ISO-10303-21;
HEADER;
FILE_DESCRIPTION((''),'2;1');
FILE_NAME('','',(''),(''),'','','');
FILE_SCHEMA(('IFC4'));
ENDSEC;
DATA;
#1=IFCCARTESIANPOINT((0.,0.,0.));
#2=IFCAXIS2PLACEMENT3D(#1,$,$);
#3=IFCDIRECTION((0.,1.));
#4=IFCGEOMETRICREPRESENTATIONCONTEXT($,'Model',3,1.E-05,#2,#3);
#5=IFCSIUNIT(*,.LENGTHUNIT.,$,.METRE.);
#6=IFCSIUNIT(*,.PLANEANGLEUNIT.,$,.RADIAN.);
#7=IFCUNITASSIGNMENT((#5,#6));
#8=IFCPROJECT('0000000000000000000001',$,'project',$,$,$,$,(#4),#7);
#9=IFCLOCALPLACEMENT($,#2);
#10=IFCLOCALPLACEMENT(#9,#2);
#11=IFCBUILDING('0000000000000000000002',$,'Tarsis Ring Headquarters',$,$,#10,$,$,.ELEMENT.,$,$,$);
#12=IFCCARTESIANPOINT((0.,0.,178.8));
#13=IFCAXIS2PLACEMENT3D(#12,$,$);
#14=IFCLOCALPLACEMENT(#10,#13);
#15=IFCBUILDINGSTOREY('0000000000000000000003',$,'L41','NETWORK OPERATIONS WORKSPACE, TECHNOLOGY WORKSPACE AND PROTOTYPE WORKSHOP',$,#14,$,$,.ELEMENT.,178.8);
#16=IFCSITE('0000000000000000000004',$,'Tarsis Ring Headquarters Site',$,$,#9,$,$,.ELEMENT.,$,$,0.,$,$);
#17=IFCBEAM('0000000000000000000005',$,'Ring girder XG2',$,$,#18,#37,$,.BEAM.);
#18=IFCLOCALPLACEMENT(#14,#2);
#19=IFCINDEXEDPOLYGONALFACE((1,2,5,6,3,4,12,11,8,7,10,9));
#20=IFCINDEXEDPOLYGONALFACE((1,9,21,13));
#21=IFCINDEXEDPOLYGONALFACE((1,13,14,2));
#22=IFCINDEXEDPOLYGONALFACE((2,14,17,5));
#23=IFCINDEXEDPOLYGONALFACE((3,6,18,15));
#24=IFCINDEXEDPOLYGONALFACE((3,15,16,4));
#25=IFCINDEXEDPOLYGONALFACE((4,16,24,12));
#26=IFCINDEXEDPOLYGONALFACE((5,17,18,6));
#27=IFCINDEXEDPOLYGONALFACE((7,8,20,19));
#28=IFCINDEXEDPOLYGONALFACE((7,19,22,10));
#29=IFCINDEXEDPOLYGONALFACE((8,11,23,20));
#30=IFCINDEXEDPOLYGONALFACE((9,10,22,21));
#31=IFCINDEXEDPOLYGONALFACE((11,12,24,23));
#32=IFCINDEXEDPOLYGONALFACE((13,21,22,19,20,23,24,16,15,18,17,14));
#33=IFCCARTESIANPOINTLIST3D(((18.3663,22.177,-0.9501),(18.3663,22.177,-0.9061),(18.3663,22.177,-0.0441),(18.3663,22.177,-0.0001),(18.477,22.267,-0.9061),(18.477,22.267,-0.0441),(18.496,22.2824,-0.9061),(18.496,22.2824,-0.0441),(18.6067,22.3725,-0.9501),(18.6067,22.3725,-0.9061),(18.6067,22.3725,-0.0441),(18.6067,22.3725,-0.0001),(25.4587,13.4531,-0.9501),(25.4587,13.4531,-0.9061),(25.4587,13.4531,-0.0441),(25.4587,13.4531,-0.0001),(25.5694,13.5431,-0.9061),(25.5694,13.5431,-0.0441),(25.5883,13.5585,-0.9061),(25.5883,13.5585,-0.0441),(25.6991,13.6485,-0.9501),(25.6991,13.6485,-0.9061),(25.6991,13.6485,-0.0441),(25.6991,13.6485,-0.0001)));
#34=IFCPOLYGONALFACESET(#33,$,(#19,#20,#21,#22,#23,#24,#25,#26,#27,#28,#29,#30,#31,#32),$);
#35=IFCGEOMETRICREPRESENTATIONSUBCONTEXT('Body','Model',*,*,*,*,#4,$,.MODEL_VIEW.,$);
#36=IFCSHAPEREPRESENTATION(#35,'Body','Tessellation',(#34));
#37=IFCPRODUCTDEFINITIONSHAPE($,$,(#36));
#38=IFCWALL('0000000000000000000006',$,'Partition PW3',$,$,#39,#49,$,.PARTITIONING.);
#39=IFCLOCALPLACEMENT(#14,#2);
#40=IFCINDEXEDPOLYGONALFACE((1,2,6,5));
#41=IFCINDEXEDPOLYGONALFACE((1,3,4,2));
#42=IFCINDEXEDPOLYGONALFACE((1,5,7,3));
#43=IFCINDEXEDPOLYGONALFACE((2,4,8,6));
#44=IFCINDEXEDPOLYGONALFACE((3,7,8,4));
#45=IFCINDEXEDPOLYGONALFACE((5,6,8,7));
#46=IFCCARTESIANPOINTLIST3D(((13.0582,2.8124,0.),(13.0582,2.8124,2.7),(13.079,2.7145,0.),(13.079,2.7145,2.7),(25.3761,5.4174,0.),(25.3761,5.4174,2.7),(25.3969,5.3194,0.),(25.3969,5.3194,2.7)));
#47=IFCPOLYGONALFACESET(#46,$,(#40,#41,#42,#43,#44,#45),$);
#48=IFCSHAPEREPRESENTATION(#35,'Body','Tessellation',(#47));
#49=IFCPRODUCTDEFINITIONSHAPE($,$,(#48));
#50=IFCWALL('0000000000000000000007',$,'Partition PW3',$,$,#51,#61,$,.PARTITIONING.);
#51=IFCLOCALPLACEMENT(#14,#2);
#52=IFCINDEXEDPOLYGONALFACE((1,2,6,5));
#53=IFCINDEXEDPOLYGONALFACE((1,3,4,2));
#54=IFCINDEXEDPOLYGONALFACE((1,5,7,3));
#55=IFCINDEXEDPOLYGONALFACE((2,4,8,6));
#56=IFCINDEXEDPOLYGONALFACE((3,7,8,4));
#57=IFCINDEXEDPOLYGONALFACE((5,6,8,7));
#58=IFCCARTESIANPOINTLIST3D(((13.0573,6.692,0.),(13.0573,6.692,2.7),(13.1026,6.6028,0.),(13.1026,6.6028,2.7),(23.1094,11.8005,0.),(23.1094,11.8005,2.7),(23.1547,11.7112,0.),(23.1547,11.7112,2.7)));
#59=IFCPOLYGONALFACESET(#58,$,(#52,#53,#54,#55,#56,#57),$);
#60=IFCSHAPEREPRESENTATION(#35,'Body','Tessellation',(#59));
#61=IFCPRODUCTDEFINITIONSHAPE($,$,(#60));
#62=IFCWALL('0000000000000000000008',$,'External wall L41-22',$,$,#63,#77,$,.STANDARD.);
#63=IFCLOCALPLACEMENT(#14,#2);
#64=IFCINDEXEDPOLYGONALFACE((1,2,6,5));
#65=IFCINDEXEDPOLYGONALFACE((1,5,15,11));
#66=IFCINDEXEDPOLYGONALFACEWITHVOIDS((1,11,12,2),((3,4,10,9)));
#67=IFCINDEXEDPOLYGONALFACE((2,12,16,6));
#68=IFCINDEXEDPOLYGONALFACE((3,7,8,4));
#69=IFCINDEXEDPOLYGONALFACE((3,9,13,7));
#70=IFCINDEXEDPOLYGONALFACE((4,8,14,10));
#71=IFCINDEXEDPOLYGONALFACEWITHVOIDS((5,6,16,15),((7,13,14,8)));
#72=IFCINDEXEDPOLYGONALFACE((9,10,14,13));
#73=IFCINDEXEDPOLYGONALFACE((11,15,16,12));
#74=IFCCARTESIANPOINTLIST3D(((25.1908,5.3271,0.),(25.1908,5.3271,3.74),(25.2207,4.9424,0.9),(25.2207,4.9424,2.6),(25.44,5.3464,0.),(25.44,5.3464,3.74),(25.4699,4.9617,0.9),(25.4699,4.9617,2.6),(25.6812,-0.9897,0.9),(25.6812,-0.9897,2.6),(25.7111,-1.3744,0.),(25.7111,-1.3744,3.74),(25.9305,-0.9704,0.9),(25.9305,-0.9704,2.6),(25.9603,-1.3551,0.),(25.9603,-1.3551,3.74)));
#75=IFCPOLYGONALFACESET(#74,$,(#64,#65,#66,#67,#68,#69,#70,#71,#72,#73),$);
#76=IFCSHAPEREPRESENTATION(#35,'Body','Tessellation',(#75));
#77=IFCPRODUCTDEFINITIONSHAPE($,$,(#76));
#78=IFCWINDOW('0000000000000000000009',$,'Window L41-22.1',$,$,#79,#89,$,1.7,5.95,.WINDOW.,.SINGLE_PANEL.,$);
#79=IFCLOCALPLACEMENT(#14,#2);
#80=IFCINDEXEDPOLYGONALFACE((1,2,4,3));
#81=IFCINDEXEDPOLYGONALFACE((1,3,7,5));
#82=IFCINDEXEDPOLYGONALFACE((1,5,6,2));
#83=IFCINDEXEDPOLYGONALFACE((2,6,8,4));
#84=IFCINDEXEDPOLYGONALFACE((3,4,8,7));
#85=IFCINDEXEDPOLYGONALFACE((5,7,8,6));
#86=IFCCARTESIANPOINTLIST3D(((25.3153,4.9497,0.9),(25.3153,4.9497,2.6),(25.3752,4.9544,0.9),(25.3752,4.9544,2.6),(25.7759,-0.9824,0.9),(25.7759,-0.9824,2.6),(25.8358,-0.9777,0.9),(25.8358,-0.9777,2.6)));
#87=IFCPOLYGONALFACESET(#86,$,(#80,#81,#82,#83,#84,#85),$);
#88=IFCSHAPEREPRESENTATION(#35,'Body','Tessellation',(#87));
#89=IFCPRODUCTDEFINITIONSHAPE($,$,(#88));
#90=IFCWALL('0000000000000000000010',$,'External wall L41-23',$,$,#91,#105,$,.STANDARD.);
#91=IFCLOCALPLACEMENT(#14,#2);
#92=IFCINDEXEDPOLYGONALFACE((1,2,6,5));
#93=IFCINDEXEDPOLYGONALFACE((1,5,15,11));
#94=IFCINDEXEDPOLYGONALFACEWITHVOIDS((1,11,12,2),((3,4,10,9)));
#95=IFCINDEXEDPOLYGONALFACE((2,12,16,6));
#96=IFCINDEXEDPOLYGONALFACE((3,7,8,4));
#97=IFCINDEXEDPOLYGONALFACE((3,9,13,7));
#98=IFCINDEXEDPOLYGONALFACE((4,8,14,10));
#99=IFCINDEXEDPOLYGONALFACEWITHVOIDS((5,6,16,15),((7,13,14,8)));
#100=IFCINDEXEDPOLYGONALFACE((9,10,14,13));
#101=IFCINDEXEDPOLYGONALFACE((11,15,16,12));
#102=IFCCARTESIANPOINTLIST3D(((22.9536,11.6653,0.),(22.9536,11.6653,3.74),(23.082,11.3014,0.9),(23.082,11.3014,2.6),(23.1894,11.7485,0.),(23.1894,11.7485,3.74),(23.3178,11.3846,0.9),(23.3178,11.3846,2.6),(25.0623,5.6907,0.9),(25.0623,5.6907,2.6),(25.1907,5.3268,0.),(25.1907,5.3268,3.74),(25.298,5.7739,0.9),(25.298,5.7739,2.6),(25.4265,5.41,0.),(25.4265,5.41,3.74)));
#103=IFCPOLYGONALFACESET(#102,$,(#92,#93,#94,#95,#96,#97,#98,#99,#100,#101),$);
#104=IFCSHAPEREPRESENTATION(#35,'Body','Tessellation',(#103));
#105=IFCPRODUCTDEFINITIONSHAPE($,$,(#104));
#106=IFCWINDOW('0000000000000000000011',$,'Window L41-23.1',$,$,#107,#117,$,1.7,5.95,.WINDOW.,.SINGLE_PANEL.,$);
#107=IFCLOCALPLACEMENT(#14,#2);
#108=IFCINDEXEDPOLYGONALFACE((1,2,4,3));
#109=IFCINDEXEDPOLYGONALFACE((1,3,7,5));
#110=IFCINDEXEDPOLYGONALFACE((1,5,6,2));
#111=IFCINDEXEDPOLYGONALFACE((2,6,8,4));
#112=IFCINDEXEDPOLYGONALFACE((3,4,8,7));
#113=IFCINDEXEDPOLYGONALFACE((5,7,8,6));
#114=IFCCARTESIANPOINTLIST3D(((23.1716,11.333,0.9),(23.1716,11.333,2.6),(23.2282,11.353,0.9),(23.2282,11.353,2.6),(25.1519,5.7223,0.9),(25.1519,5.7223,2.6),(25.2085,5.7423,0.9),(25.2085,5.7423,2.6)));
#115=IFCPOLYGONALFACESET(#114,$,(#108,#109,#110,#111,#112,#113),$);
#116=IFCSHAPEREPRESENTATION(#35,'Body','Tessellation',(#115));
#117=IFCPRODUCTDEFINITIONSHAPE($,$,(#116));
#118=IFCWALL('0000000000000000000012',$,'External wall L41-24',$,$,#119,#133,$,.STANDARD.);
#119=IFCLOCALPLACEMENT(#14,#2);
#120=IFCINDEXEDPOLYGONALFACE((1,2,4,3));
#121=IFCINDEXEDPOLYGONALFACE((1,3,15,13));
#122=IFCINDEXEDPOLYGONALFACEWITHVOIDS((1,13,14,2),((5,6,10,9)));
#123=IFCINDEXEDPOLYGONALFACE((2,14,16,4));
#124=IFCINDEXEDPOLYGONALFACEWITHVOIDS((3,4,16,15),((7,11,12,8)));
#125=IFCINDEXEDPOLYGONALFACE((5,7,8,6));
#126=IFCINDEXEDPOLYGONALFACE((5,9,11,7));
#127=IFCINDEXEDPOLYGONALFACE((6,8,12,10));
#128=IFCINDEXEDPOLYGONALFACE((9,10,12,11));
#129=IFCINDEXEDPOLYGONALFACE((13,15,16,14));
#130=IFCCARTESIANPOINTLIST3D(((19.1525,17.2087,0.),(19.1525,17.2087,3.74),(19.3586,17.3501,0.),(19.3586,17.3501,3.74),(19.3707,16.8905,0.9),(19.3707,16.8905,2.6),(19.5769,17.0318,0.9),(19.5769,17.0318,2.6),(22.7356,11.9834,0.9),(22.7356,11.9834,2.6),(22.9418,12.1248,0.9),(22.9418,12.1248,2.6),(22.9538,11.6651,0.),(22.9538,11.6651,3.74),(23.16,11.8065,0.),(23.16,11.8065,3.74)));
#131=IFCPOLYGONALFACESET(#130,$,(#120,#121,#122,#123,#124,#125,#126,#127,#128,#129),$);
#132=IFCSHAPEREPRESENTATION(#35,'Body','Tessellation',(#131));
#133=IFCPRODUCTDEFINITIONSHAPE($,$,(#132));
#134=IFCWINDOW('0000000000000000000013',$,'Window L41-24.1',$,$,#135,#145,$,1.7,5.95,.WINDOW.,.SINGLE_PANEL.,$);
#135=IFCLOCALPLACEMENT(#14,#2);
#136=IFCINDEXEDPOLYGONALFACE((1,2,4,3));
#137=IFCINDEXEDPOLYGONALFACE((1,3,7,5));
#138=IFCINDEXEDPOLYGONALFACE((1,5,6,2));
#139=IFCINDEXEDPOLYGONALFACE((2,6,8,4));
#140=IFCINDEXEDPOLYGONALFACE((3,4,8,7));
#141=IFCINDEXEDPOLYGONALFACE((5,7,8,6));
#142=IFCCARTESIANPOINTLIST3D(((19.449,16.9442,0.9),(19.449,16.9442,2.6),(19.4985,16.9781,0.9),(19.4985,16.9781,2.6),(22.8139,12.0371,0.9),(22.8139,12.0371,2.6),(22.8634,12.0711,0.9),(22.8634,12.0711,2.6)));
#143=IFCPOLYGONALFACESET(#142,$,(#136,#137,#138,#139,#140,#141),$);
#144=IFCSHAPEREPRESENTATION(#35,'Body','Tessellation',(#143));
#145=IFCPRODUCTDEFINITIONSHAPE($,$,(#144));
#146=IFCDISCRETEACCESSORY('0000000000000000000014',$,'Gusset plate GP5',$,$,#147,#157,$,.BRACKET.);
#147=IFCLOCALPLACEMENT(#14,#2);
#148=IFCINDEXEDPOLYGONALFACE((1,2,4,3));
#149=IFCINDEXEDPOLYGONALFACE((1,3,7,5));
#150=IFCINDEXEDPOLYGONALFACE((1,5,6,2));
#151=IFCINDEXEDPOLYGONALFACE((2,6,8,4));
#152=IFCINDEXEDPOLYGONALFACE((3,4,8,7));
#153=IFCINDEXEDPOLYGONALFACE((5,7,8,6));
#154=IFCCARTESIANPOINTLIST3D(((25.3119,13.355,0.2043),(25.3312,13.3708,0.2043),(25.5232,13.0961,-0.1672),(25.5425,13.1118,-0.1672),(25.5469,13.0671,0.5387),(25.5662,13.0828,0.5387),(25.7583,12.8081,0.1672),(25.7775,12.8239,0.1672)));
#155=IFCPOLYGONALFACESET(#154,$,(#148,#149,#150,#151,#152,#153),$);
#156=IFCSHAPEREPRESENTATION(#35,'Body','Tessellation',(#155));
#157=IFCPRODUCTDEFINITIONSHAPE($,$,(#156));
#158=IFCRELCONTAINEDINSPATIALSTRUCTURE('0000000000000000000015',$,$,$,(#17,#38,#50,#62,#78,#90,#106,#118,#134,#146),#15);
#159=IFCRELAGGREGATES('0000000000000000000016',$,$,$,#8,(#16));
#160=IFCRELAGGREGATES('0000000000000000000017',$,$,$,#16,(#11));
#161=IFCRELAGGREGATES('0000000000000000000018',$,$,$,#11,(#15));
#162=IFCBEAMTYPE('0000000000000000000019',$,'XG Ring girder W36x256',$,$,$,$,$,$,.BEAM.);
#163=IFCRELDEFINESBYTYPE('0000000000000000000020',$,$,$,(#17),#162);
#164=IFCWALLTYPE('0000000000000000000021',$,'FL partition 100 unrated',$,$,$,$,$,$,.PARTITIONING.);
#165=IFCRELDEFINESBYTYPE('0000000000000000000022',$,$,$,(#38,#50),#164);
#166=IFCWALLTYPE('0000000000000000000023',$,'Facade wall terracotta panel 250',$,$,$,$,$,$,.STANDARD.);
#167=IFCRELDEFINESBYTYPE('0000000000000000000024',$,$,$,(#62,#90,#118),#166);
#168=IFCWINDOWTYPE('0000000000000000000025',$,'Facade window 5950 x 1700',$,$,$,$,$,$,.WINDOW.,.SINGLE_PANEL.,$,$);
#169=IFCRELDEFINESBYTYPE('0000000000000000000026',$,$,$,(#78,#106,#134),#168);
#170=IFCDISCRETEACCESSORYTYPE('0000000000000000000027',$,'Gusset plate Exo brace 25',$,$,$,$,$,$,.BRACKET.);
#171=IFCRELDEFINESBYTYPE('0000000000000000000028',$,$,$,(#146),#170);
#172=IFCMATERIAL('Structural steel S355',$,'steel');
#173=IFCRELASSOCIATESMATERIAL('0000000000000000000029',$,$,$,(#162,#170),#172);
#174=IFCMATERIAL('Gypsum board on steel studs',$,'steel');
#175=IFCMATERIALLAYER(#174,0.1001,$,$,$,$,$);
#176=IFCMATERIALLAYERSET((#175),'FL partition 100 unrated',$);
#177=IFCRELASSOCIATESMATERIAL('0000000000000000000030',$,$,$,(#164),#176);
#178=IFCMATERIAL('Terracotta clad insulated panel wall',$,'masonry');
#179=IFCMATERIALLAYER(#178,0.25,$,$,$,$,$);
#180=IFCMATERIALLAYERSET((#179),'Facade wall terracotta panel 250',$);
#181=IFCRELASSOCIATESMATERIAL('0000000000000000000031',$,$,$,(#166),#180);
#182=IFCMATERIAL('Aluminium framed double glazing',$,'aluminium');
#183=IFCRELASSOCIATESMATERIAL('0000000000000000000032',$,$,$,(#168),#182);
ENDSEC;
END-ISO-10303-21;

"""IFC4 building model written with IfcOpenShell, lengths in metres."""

from ifc_helpers import new_model, si_unit, direction, frame, frame_2d, origin, origin_2d, place, context, subcontext, project, spatial, rectangle, i_section, extrude, material, layer, layer_set, material_profile, profile_set, type_object, element, fill, save


model = new_model("IFC4")

# Units and contexts
model_context = context("Model", 3, precision=1e-05, world=origin(), true_north=direction((0.0, 1.0)))
body_context = subcontext(model_context, "Body", "Model", "MODEL_VIEW")
ifc_project = project(units=[si_unit("LENGTHUNIT", "METRE"), si_unit("PLANEANGLEUNIT", "RADIAN")], contexts=[model_context])

# Site, building, storey
site_placement = place(None, origin())
site = spatial("IfcSite", under=ifc_project, at=site_placement, Name="Tarsis Ring Headquarters Site", CompositionType="ELEMENT", RefElevation=0.0)
building_placement = place(site_placement, origin())
building = spatial("IfcBuilding", under=site, at=building_placement, Name="Tarsis Ring Headquarters", CompositionType="ELEMENT")
storey_placement = place(building_placement, frame((0.0, 0.0, 178.8)))
storey = spatial("IfcBuildingStorey", under=building, at=storey_placement, Name="L41", Description="NETWORK OPERATIONS WORKSPACE, TECHNOLOGY WORKSPACE AND PROTOTYPE WORKSHOP", CompositionType="ELEMENT", Elevation=178.8)

# Shared definitions
ifc_material_1 = material(Name="Structural steel S355", Category="steel")

# Shared definitions
ifc_material_profile_1 = material_profile(ifc_material_1, i_section(OverallWidth=0.3098, OverallDepth=0.95, WebThickness=0.0244, FlangeThickness=0.0439, at=origin_2d()), Name="W36x256")
ifc_profile_set_1 = profile_set([ifc_material_profile_1], Name="Structural steel S355")

# Beam
beam_type_1 = type_object("IfcBeamType", Name="XG Ring girder W36x256", PredefinedType="BEAM", material=ifc_profile_set_1)
beam_1_placement = place(storey_placement, frame((25.5789, 13.5508, -0.4751), z_axis=(-0.630814, 0.775934, 0.0), x_axis=(-0.775934, -0.630814, 0.0)))
element("IfcBeam", 1, at=beam_1_placement, inside=storey, type_object=beam_type_1, Name="Ring girder XG2", PredefinedType="BEAM", context=body_context, shape_type="SweptSolid", body=[
    extrude(i_section(OverallWidth=0.3098, OverallDepth=0.95, WebThickness=0.0244, FlangeThickness=0.0439, at=origin_2d()), origin(), (0.0, 0.0, 1.0), 11.2432),
])

# Walls
ifc_material_2 = material(Name="Gypsum board on steel studs", Category="steel")
ifc_layer_1 = layer(ifc_material_2, 0.1001)
ifc_layer_set_1 = layer_set([ifc_layer_1], Name="FL partition 100 unrated")
wall_type_1 = type_object("IfcWallType", Name="FL partition 100 unrated", PredefinedType="PARTITIONING", material=ifc_layer_set_1)
wall_1_placement = place(storey_placement, frame((13.0686, 2.7634, 0.0), z_axis=(0.0, 0.0, 1.0), x_axis=(0.978361, 0.206904, 0.0)))
element("IfcWall", 2, at=wall_1_placement, inside=storey, type_object=wall_type_1, Name="Partition PW3", PredefinedType="PARTITIONING", context=body_context, shape_type="SweptSolid", body=[
    extrude(rectangle(XDim=12.5903, YDim=0.1001, at=frame_2d((6.2952, 0.0))), origin(), (0.0, 0.0, 1.0), 2.7),
])
wall_2_placement = place(storey_placement, frame((13.0801, 6.6475, 0.0), z_axis=(0.0, 0.0, 1.0), x_axis=(0.891485, 0.45305, 0.0)))
element("IfcWall", 3, at=wall_2_placement, inside=storey, type_object=wall_type_1, Name="Partition PW3", PredefinedType="PARTITIONING", context=body_context, shape_type="SweptSolid", body=[
    extrude(rectangle(XDim=11.2756, YDim=0.1001, at=frame_2d((5.6377, 0.0))), origin(), (0.0, 0.0, 1.0), 2.7),
])

# Walls, openings, windows
ifc_material_3 = material(Name="Terracotta clad insulated panel wall", Category="masonry")
ifc_layer_2 = layer(ifc_material_3, 0.25)
ifc_layer_set_2 = layer_set([ifc_layer_2], Name="Facade wall terracotta panel 250")
wall_type_2 = type_object("IfcWallType", Name="Facade wall terracotta panel 250", PredefinedType="STANDARD", material=ifc_layer_set_2)
wall_3_placement = place(storey_placement, frame((25.8357, -1.3647, 0.0), z_axis=(0.0, 0.0, 1.0), x_axis=(-0.077402, 0.997, 0.0)))
wall_3 = element("IfcWall", 4, at=wall_3_placement, inside=storey, type_object=wall_type_2, Name="External wall L41-22", PredefinedType="STANDARD", context=body_context, shape_type="SweptSolid", body=[
    extrude(rectangle(XDim=6.7217, YDim=0.25, at=frame_2d((3.3608, 0.0))), origin(), (0.0, 0.0, 1.0), 3.74),
])
opening_1_placement = place(wall_3_placement, frame((0.3857, 0.0, 0.8999)))
opening_1 = element("IfcOpeningElement", 5, at=opening_1_placement, cuts=wall_3, PredefinedType="OPENING", context=body_context, shape_type="SweptSolid", body=[
    extrude(rectangle(XDim=5.95, YDim=1.7, at=frame_2d((2.9751, 0.8501))), frame((0.0, 0.135, 0.0), z_axis=(0.0, -1.0, 0.0), x_axis=(1.0, 0.0, 0.0)), (0.0, 0.0, 1.0), 0.27),
])
ifc_material_4 = material(Name="Aluminium framed double glazing", Category="aluminium")
window_type = type_object("IfcWindowType", Name="Facade window 5950 x 1700", PartitioningType="SINGLE_PANEL", PredefinedType="WINDOW", material=ifc_material_4)
window_1_placement = place(opening_1_placement, origin())
window_1 = element("IfcWindow", 6, at=window_1_placement, inside=storey, type_object=window_type, Name="Window L41-22.1", OverallHeight=1.7, OverallWidth=5.95, PartitioningType="SINGLE_PANEL", PredefinedType="WINDOW", context=body_context, shape_type="SweptSolid", body=[
    extrude(rectangle(XDim=5.95, YDim=1.7, at=frame_2d((2.9751, 0.8501))), frame((0.0, 0.03, 0.0), z_axis=(0.0, -1.0, 0.0), x_axis=(1.0, 0.0, 0.0)), (0.0, 0.0, 1.0), 0.0601),
])
fill(opening_1, window_1)
wall_4_placement = place(storey_placement, frame((25.3086, 5.3684, 0.0), z_axis=(0.0, 0.0, 1.0), x_axis=(-0.332818, 0.942991, 0.0)))
wall_4 = element("IfcWall", 7, at=wall_4_placement, inside=storey, type_object=wall_type_2, Name="External wall L41-23", PredefinedType="STANDARD", context=body_context, shape_type="SweptSolid", body=[
    extrude(rectangle(XDim=6.7217, YDim=0.25, at=frame_2d((3.3608, 0.0))), origin(), (0.0, 0.0, 1.0), 3.74),
])
opening_2_placement = place(wall_4_placement, frame((0.3857, 0.0, 0.8999)))
opening_2 = element("IfcOpeningElement", 8, at=opening_2_placement, cuts=wall_4, PredefinedType="OPENING", context=body_context, shape_type="SweptSolid", body=[
    extrude(rectangle(XDim=5.95, YDim=1.7, at=frame_2d((2.9751, 0.8501))), frame((0.0, 0.135, 0.0), z_axis=(0.0, -1.0, 0.0), x_axis=(1.0, 0.0, 0.0)), (0.0, 0.0, 1.0), 0.27),
])
window_2_placement = place(opening_2_placement, origin())
window_2 = element("IfcWindow", 9, at=window_2_placement, inside=storey, type_object=window_type, Name="Window L41-23.1", OverallHeight=1.7, OverallWidth=5.95, PartitioningType="SINGLE_PANEL", PredefinedType="WINDOW", context=body_context, shape_type="SweptSolid", body=[
    extrude(rectangle(XDim=5.95, YDim=1.7, at=frame_2d((2.9751, 0.8501))), frame((0.0, 0.03, 0.0), z_axis=(0.0, -1.0, 0.0), x_axis=(1.0, 0.0, 0.0)), (0.0, 0.0, 1.0), 0.0601),
])
fill(opening_2, window_2)
wall_5_placement = place(storey_placement, frame((23.0569, 11.7358, 0.0), z_axis=(0.0, 0.0, 1.0), x_axis=(-0.565533, 0.824726, 0.0)))
wall_5 = element("IfcWall", 10, at=wall_5_placement, inside=storey, type_object=wall_type_2, Name="External wall L41-24", PredefinedType="STANDARD", context=body_context, shape_type="SweptSolid", body=[
    extrude(rectangle(XDim=6.7217, YDim=0.25, at=frame_2d((3.3608, 0.0))), origin(), (0.0, 0.0, 1.0), 3.74),
])
opening_3_placement = place(wall_5_placement, frame((0.3857, 0.0, 0.8999)))
opening_3 = element("IfcOpeningElement", 11, at=opening_3_placement, cuts=wall_5, PredefinedType="OPENING", context=body_context, shape_type="SweptSolid", body=[
    extrude(rectangle(XDim=5.95, YDim=1.7, at=frame_2d((2.9751, 0.8501))), frame((0.0, 0.135, 0.0), z_axis=(0.0, -1.0, 0.0), x_axis=(1.0, 0.0, 0.0)), (0.0, 0.0, 1.0), 0.27),
])
window_3_placement = place(opening_3_placement, origin())
window_3 = element("IfcWindow", 12, at=window_3_placement, inside=storey, type_object=window_type, Name="Window L41-24.1", OverallHeight=1.7, OverallWidth=5.95, PartitioningType="SINGLE_PANEL", PredefinedType="WINDOW", context=body_context, shape_type="SweptSolid", body=[
    extrude(rectangle(XDim=5.95, YDim=1.7, at=frame_2d((2.9751, 0.8501))), frame((0.0, 0.03, 0.0), z_axis=(0.0, -1.0, 0.0), x_axis=(1.0, 0.0, 0.0)), (0.0, 0.0, 1.0), 0.0601),
])
fill(opening_3, window_3)

# Discrete accessory
ifc_material_profile_2 = material_profile(ifc_material_1, rectangle(XDim=0.0249, YDim=0.5, at=origin_2d()), Name="PL 25x500")
ifc_profile_set_2 = profile_set([ifc_material_profile_2], Name="Structural steel S355")
discrete_accessory_type = type_object("IfcDiscreteAccessoryType", Name="Gusset plate Exo brace 25", PredefinedType="BRACKET", material=ifc_profile_set_2)
discrete_accessory_placement = place(storey_placement, frame((25.6504, 12.96, 0.0), z_axis=(-0.42296, 0.518199, 0.743354), x_axis=(-0.774705, -0.632323, 0.0)))
element("IfcDiscreteAccessory", 13, at=discrete_accessory_placement, inside=storey, type_object=discrete_accessory_type, Name="Gusset plate GP5", PredefinedType="BRACKET", context=body_context, shape_type="SweptSolid", body=[
    extrude(rectangle(XDim=0.0249, YDim=0.5, at=origin_2d()), origin(), (0.0, 0.0, 1.0), 0.4998),
])

save(model, "model.ifc")
